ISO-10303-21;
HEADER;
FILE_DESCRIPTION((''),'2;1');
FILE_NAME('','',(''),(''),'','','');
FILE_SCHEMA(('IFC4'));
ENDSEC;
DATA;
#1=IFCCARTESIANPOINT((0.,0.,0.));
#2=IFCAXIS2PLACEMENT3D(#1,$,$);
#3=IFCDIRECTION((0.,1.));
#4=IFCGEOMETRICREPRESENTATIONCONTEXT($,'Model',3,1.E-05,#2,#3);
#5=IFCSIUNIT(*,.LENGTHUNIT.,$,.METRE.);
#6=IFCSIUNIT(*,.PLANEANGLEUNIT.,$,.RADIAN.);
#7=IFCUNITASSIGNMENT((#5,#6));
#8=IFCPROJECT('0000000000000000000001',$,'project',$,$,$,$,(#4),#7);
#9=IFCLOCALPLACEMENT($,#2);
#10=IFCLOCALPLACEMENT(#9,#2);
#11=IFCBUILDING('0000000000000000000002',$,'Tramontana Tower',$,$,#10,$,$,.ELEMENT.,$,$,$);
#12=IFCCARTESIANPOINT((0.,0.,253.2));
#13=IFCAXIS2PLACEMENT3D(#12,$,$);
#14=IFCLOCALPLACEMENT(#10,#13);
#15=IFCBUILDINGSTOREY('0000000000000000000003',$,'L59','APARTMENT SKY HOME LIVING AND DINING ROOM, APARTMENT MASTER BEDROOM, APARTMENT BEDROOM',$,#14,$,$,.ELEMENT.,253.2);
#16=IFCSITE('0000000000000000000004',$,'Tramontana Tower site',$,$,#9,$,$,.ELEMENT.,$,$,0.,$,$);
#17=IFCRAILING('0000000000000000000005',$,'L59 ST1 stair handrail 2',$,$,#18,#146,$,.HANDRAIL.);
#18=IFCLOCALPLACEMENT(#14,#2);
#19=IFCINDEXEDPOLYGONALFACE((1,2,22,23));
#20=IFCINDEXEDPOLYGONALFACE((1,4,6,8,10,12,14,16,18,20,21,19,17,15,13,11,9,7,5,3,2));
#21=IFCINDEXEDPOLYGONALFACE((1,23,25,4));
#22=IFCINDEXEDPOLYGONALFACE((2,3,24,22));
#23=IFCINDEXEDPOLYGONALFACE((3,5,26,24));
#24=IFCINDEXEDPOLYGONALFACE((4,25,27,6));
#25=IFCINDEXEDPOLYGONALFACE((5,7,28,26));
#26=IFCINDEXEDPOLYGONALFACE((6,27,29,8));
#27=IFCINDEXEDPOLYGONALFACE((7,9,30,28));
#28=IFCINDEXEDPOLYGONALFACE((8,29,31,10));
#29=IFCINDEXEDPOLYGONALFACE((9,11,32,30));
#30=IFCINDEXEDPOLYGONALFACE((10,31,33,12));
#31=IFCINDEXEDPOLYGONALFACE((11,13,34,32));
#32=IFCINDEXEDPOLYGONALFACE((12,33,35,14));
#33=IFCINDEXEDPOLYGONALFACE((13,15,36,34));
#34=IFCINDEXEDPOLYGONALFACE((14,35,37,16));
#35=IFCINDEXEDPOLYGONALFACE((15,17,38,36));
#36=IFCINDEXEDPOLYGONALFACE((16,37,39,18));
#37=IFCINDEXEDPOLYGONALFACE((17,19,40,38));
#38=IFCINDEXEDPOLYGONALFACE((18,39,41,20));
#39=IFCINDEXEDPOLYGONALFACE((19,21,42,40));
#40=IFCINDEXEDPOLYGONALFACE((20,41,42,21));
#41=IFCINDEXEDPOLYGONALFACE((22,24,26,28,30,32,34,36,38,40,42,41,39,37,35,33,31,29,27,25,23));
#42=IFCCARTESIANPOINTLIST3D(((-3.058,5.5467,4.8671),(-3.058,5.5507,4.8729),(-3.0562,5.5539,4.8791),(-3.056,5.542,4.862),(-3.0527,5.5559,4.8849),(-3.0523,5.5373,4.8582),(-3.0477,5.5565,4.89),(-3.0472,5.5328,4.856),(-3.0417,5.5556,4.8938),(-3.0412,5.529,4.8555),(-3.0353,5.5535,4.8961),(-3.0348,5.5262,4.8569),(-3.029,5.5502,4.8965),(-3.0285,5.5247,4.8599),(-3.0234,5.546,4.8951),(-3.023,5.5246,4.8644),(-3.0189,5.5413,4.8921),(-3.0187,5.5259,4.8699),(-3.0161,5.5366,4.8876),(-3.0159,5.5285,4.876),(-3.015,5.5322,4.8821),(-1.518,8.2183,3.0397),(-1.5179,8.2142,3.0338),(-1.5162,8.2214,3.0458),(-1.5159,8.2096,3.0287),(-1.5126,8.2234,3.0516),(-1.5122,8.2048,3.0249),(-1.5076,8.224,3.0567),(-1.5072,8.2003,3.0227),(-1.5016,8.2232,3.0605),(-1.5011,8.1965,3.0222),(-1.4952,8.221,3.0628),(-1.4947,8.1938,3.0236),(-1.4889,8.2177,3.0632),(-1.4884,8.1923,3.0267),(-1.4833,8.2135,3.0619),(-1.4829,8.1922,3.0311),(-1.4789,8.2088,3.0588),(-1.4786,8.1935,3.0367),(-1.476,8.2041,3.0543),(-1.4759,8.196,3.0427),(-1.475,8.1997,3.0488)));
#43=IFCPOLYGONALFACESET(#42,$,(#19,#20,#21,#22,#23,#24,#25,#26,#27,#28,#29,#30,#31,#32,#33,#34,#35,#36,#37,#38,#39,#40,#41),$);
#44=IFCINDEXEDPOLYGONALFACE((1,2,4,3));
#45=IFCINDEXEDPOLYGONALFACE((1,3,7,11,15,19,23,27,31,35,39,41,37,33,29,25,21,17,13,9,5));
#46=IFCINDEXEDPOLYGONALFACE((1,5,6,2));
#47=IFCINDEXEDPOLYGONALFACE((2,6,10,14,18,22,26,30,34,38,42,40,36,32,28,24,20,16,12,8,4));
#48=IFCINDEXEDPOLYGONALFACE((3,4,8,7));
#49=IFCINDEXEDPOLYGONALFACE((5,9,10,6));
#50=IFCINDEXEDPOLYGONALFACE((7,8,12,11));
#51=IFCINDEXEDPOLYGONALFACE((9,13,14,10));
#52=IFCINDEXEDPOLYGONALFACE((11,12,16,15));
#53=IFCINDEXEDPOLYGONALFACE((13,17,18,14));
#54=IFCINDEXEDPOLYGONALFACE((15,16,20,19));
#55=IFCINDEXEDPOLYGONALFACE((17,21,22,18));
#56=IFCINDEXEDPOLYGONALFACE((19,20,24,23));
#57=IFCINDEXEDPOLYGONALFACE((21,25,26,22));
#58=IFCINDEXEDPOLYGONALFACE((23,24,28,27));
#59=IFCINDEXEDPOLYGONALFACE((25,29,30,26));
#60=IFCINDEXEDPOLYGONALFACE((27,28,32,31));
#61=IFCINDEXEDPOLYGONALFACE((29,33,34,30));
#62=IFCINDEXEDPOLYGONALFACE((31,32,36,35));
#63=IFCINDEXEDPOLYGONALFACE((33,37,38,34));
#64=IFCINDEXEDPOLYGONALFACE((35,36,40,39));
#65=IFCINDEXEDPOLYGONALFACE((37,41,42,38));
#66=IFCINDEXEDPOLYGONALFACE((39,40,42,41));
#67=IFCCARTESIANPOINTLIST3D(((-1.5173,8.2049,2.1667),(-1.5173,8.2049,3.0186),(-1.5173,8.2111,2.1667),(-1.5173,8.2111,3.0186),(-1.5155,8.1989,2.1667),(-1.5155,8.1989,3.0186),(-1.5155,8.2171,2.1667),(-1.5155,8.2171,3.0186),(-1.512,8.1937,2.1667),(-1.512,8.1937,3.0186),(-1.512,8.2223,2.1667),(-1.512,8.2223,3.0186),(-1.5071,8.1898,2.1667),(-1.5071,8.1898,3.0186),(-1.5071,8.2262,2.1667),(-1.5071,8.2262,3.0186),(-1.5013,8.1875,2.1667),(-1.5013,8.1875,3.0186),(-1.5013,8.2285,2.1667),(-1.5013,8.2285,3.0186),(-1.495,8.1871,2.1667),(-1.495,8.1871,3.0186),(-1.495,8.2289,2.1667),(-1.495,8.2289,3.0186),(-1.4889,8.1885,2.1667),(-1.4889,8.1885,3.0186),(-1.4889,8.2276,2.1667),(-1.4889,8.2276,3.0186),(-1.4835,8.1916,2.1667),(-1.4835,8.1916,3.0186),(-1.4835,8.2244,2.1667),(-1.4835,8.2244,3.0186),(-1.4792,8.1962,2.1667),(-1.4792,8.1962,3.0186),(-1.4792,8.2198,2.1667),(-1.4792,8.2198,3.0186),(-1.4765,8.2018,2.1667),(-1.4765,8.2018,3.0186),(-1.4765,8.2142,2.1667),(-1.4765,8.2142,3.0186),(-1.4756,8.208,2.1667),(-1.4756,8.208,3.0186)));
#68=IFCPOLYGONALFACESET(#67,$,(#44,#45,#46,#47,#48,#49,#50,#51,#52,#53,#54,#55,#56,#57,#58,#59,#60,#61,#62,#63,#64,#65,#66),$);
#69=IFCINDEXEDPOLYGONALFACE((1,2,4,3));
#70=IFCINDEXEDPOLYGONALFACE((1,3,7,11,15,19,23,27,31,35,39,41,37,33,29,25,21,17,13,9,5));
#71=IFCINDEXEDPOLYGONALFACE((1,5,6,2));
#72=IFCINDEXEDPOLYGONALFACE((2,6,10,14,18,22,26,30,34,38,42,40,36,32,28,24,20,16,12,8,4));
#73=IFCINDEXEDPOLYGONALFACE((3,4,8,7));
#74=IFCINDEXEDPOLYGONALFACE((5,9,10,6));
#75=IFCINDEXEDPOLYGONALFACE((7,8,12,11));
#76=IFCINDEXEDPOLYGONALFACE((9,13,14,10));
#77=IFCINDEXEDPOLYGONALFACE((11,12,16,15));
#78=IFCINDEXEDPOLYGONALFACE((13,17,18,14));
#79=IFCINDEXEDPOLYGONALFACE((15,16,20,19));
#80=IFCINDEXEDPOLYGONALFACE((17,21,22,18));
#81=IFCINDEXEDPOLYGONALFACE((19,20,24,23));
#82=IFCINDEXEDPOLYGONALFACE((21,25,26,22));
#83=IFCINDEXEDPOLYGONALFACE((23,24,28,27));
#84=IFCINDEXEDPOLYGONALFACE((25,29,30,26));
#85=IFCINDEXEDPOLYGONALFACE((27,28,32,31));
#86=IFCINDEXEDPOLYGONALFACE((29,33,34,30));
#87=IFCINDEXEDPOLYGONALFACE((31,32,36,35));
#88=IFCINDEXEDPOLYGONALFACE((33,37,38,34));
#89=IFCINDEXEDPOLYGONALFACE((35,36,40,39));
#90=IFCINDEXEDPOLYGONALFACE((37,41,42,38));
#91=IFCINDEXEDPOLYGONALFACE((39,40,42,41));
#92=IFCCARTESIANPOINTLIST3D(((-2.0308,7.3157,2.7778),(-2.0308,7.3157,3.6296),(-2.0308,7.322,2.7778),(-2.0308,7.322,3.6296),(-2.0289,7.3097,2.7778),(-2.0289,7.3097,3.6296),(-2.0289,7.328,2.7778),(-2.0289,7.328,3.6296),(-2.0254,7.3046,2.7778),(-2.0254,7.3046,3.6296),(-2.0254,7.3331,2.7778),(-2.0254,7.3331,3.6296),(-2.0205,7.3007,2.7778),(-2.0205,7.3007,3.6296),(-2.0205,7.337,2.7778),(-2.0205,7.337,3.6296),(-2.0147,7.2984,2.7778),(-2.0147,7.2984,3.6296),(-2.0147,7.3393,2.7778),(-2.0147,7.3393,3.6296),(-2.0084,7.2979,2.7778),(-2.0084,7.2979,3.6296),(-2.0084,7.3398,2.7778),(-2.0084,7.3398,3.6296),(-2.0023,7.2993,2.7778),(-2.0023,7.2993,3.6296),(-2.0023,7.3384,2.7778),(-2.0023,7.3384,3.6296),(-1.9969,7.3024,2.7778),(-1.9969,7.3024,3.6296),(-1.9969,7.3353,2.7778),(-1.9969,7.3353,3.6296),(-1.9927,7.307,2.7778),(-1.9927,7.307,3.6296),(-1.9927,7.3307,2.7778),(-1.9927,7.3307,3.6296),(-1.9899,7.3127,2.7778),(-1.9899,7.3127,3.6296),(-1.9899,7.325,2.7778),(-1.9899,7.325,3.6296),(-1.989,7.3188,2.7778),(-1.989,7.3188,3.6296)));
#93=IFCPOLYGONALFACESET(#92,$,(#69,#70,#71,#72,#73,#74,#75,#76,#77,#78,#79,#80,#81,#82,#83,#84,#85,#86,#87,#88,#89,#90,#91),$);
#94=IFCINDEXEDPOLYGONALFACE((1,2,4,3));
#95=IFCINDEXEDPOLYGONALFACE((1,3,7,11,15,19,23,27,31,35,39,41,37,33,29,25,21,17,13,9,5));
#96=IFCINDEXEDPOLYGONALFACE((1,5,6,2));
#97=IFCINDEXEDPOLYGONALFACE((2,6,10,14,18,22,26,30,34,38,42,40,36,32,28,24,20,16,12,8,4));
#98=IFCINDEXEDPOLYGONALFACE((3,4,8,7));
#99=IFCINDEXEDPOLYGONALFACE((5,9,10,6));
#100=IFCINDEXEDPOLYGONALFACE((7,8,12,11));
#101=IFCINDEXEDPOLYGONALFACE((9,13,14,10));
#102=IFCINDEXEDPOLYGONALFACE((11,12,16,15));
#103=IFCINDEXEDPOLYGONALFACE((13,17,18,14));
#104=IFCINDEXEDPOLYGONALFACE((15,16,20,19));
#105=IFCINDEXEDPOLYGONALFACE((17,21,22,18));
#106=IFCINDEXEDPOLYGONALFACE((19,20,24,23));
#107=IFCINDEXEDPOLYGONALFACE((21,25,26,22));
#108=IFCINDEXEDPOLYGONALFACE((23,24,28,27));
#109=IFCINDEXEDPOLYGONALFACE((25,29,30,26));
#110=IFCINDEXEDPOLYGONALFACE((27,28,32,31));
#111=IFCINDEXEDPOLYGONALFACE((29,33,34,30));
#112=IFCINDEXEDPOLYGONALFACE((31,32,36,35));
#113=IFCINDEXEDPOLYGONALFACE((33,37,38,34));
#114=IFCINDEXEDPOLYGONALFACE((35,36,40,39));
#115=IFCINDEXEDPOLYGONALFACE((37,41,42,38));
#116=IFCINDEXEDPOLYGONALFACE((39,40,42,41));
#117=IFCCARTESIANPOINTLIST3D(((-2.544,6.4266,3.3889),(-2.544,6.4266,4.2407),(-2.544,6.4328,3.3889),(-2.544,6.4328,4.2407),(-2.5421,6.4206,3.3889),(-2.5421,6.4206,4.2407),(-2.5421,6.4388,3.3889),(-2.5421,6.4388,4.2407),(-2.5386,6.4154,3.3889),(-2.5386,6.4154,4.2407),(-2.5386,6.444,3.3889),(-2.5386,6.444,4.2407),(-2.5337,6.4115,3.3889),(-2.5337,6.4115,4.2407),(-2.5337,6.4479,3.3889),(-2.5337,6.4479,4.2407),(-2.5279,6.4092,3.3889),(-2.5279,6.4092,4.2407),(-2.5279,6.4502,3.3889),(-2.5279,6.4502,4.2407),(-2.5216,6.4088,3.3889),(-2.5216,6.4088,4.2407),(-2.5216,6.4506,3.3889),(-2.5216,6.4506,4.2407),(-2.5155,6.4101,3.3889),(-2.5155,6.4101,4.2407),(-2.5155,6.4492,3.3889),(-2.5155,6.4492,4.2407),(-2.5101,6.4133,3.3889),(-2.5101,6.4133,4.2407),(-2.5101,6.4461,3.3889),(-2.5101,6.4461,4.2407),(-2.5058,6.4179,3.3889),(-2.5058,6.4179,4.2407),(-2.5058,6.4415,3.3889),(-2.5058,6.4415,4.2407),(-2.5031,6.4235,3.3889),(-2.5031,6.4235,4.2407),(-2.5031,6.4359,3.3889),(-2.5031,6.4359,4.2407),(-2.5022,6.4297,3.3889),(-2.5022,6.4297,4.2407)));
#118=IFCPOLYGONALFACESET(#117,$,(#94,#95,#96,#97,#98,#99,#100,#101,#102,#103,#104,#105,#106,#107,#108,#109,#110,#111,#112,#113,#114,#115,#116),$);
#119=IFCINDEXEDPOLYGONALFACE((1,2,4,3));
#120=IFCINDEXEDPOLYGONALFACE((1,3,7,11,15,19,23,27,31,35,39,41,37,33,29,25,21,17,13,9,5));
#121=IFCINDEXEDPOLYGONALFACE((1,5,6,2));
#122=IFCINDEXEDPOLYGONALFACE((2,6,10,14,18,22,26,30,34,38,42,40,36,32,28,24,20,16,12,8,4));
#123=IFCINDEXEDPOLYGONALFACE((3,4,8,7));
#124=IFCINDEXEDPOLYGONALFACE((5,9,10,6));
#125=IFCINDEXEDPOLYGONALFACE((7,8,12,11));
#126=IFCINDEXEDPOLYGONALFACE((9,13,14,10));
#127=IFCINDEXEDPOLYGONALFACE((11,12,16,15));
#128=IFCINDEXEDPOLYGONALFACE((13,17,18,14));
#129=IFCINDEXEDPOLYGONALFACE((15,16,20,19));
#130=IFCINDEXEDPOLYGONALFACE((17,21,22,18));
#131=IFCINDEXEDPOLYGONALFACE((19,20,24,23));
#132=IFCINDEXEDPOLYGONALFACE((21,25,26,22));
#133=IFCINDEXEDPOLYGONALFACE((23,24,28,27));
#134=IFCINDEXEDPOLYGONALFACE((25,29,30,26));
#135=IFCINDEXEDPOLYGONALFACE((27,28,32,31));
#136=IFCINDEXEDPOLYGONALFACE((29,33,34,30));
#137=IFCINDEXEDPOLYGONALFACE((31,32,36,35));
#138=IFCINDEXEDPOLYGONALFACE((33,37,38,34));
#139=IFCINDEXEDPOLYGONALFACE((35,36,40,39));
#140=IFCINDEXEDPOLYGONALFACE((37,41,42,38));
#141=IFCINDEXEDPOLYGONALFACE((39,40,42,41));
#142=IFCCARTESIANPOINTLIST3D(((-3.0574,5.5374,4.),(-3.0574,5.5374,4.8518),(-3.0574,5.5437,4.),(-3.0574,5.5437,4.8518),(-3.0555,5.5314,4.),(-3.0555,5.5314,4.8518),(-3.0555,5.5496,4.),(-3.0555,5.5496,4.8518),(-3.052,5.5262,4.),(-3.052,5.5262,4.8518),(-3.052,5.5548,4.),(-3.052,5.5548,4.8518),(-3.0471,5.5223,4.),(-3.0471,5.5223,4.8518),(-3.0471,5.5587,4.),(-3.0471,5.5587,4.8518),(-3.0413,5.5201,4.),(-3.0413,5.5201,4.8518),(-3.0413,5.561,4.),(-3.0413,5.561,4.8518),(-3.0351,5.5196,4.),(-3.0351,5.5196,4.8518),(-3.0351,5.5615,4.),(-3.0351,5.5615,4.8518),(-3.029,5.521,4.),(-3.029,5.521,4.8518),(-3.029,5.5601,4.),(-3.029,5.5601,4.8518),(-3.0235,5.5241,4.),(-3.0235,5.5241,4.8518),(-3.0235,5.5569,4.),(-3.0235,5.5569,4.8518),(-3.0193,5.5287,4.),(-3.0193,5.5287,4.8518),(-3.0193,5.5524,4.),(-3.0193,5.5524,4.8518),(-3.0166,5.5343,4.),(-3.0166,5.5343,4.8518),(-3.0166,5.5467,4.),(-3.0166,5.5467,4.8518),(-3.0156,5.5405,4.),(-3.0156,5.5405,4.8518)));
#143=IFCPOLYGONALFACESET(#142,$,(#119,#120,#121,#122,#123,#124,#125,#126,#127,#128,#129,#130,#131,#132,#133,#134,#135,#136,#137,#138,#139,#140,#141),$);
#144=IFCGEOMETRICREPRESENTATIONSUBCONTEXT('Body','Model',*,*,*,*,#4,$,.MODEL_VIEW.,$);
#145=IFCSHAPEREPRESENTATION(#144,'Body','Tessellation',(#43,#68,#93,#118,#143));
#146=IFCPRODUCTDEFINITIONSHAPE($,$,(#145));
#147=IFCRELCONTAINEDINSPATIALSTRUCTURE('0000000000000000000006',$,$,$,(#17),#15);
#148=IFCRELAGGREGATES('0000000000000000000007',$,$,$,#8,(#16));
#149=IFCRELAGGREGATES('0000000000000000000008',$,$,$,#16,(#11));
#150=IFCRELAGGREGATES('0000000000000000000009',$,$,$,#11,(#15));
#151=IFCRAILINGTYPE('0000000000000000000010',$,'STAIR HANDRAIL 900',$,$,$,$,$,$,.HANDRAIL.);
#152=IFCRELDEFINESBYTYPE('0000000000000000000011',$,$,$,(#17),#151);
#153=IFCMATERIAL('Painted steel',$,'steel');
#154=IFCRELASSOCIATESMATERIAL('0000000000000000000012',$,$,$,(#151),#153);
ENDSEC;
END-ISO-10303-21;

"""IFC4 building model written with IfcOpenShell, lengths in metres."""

from ifc_helpers import new_model, si_unit, direction, frame, origin, origin_2d, place, context, subcontext, project, spatial, circle, extrude, material, type_object, element, save


model = new_model("IFC4")

# Units and contexts
model_context = context("Model", 3, precision=1e-05, world=origin(), true_north=direction((0.0, 1.0)))
body_context = subcontext(model_context, "Body", "Model", "MODEL_VIEW")
ifc_project = project(units=[si_unit("LENGTHUNIT", "METRE"), si_unit("PLANEANGLEUNIT", "RADIAN")], contexts=[model_context])

# Site, building, storey
site_placement = place(None, origin())
site = spatial("IfcSite", under=ifc_project, at=site_placement, Name="Tramontana Tower site", CompositionType="ELEMENT", RefElevation=0.0)
building_placement = place(site_placement, origin())
building = spatial("IfcBuilding", under=site, at=building_placement, Name="Tramontana Tower", CompositionType="ELEMENT")
storey_placement = place(building_placement, frame((0.0, 0.0, 253.2)))
storey = spatial("IfcBuildingStorey", under=building, at=storey_placement, Name="L59", Description="APARTMENT SKY HOME LIVING AND DINING ROOM, APARTMENT MASTER BEDROOM, APARTMENT BEDROOM", CompositionType="ELEMENT", Elevation=253.2)

# Railing
ifc_material_1 = material(Name="Painted steel", Category="steel")
railing_type_1 = type_object("IfcRailingType", Name="STAIR HANDRAIL 900", PredefinedType="HANDRAIL", material=ifc_material_1)
railing_1_placement = place(storey_placement, frame((-1.4966, 8.208, 2.1667)))
element("IfcRailing", 1, at=railing_1_placement, inside=storey, type_object=railing_type_1, Name="L59 ST1 stair handrail 2", PredefinedType="HANDRAIL", context=body_context, shape_type="SweptSolid", body=[
    extrude(circle(Radius=0.0239, at=origin_2d()), frame((0.0, 0.0, 0.876), z_axis=(-0.429649, -0.74419, 0.511452), x_axis=(0.86603, -0.499992, 0.0)), (0.0, 0.0, 1.0), 3.5845),
    extrude(circle(Radius=0.021, at=origin_2d()), origin(), (0.0, 0.0, 1.0), 0.8518),
    extrude(circle(Radius=0.021, at=origin_2d()), frame((-0.5134, -0.8892, 0.6111)), (0.0, 0.0, 1.0), 0.8518),
    extrude(circle(Radius=0.021, at=origin_2d()), frame((-1.0266, -1.7783, 1.2222)), (0.0, 0.0, 1.0), 0.8518),
    extrude(circle(Radius=0.021, at=origin_2d()), frame((-1.54, -2.6675, 1.8333)), (0.0, 0.0, 1.0), 0.8518),
])

save(model, "model.ifc")
